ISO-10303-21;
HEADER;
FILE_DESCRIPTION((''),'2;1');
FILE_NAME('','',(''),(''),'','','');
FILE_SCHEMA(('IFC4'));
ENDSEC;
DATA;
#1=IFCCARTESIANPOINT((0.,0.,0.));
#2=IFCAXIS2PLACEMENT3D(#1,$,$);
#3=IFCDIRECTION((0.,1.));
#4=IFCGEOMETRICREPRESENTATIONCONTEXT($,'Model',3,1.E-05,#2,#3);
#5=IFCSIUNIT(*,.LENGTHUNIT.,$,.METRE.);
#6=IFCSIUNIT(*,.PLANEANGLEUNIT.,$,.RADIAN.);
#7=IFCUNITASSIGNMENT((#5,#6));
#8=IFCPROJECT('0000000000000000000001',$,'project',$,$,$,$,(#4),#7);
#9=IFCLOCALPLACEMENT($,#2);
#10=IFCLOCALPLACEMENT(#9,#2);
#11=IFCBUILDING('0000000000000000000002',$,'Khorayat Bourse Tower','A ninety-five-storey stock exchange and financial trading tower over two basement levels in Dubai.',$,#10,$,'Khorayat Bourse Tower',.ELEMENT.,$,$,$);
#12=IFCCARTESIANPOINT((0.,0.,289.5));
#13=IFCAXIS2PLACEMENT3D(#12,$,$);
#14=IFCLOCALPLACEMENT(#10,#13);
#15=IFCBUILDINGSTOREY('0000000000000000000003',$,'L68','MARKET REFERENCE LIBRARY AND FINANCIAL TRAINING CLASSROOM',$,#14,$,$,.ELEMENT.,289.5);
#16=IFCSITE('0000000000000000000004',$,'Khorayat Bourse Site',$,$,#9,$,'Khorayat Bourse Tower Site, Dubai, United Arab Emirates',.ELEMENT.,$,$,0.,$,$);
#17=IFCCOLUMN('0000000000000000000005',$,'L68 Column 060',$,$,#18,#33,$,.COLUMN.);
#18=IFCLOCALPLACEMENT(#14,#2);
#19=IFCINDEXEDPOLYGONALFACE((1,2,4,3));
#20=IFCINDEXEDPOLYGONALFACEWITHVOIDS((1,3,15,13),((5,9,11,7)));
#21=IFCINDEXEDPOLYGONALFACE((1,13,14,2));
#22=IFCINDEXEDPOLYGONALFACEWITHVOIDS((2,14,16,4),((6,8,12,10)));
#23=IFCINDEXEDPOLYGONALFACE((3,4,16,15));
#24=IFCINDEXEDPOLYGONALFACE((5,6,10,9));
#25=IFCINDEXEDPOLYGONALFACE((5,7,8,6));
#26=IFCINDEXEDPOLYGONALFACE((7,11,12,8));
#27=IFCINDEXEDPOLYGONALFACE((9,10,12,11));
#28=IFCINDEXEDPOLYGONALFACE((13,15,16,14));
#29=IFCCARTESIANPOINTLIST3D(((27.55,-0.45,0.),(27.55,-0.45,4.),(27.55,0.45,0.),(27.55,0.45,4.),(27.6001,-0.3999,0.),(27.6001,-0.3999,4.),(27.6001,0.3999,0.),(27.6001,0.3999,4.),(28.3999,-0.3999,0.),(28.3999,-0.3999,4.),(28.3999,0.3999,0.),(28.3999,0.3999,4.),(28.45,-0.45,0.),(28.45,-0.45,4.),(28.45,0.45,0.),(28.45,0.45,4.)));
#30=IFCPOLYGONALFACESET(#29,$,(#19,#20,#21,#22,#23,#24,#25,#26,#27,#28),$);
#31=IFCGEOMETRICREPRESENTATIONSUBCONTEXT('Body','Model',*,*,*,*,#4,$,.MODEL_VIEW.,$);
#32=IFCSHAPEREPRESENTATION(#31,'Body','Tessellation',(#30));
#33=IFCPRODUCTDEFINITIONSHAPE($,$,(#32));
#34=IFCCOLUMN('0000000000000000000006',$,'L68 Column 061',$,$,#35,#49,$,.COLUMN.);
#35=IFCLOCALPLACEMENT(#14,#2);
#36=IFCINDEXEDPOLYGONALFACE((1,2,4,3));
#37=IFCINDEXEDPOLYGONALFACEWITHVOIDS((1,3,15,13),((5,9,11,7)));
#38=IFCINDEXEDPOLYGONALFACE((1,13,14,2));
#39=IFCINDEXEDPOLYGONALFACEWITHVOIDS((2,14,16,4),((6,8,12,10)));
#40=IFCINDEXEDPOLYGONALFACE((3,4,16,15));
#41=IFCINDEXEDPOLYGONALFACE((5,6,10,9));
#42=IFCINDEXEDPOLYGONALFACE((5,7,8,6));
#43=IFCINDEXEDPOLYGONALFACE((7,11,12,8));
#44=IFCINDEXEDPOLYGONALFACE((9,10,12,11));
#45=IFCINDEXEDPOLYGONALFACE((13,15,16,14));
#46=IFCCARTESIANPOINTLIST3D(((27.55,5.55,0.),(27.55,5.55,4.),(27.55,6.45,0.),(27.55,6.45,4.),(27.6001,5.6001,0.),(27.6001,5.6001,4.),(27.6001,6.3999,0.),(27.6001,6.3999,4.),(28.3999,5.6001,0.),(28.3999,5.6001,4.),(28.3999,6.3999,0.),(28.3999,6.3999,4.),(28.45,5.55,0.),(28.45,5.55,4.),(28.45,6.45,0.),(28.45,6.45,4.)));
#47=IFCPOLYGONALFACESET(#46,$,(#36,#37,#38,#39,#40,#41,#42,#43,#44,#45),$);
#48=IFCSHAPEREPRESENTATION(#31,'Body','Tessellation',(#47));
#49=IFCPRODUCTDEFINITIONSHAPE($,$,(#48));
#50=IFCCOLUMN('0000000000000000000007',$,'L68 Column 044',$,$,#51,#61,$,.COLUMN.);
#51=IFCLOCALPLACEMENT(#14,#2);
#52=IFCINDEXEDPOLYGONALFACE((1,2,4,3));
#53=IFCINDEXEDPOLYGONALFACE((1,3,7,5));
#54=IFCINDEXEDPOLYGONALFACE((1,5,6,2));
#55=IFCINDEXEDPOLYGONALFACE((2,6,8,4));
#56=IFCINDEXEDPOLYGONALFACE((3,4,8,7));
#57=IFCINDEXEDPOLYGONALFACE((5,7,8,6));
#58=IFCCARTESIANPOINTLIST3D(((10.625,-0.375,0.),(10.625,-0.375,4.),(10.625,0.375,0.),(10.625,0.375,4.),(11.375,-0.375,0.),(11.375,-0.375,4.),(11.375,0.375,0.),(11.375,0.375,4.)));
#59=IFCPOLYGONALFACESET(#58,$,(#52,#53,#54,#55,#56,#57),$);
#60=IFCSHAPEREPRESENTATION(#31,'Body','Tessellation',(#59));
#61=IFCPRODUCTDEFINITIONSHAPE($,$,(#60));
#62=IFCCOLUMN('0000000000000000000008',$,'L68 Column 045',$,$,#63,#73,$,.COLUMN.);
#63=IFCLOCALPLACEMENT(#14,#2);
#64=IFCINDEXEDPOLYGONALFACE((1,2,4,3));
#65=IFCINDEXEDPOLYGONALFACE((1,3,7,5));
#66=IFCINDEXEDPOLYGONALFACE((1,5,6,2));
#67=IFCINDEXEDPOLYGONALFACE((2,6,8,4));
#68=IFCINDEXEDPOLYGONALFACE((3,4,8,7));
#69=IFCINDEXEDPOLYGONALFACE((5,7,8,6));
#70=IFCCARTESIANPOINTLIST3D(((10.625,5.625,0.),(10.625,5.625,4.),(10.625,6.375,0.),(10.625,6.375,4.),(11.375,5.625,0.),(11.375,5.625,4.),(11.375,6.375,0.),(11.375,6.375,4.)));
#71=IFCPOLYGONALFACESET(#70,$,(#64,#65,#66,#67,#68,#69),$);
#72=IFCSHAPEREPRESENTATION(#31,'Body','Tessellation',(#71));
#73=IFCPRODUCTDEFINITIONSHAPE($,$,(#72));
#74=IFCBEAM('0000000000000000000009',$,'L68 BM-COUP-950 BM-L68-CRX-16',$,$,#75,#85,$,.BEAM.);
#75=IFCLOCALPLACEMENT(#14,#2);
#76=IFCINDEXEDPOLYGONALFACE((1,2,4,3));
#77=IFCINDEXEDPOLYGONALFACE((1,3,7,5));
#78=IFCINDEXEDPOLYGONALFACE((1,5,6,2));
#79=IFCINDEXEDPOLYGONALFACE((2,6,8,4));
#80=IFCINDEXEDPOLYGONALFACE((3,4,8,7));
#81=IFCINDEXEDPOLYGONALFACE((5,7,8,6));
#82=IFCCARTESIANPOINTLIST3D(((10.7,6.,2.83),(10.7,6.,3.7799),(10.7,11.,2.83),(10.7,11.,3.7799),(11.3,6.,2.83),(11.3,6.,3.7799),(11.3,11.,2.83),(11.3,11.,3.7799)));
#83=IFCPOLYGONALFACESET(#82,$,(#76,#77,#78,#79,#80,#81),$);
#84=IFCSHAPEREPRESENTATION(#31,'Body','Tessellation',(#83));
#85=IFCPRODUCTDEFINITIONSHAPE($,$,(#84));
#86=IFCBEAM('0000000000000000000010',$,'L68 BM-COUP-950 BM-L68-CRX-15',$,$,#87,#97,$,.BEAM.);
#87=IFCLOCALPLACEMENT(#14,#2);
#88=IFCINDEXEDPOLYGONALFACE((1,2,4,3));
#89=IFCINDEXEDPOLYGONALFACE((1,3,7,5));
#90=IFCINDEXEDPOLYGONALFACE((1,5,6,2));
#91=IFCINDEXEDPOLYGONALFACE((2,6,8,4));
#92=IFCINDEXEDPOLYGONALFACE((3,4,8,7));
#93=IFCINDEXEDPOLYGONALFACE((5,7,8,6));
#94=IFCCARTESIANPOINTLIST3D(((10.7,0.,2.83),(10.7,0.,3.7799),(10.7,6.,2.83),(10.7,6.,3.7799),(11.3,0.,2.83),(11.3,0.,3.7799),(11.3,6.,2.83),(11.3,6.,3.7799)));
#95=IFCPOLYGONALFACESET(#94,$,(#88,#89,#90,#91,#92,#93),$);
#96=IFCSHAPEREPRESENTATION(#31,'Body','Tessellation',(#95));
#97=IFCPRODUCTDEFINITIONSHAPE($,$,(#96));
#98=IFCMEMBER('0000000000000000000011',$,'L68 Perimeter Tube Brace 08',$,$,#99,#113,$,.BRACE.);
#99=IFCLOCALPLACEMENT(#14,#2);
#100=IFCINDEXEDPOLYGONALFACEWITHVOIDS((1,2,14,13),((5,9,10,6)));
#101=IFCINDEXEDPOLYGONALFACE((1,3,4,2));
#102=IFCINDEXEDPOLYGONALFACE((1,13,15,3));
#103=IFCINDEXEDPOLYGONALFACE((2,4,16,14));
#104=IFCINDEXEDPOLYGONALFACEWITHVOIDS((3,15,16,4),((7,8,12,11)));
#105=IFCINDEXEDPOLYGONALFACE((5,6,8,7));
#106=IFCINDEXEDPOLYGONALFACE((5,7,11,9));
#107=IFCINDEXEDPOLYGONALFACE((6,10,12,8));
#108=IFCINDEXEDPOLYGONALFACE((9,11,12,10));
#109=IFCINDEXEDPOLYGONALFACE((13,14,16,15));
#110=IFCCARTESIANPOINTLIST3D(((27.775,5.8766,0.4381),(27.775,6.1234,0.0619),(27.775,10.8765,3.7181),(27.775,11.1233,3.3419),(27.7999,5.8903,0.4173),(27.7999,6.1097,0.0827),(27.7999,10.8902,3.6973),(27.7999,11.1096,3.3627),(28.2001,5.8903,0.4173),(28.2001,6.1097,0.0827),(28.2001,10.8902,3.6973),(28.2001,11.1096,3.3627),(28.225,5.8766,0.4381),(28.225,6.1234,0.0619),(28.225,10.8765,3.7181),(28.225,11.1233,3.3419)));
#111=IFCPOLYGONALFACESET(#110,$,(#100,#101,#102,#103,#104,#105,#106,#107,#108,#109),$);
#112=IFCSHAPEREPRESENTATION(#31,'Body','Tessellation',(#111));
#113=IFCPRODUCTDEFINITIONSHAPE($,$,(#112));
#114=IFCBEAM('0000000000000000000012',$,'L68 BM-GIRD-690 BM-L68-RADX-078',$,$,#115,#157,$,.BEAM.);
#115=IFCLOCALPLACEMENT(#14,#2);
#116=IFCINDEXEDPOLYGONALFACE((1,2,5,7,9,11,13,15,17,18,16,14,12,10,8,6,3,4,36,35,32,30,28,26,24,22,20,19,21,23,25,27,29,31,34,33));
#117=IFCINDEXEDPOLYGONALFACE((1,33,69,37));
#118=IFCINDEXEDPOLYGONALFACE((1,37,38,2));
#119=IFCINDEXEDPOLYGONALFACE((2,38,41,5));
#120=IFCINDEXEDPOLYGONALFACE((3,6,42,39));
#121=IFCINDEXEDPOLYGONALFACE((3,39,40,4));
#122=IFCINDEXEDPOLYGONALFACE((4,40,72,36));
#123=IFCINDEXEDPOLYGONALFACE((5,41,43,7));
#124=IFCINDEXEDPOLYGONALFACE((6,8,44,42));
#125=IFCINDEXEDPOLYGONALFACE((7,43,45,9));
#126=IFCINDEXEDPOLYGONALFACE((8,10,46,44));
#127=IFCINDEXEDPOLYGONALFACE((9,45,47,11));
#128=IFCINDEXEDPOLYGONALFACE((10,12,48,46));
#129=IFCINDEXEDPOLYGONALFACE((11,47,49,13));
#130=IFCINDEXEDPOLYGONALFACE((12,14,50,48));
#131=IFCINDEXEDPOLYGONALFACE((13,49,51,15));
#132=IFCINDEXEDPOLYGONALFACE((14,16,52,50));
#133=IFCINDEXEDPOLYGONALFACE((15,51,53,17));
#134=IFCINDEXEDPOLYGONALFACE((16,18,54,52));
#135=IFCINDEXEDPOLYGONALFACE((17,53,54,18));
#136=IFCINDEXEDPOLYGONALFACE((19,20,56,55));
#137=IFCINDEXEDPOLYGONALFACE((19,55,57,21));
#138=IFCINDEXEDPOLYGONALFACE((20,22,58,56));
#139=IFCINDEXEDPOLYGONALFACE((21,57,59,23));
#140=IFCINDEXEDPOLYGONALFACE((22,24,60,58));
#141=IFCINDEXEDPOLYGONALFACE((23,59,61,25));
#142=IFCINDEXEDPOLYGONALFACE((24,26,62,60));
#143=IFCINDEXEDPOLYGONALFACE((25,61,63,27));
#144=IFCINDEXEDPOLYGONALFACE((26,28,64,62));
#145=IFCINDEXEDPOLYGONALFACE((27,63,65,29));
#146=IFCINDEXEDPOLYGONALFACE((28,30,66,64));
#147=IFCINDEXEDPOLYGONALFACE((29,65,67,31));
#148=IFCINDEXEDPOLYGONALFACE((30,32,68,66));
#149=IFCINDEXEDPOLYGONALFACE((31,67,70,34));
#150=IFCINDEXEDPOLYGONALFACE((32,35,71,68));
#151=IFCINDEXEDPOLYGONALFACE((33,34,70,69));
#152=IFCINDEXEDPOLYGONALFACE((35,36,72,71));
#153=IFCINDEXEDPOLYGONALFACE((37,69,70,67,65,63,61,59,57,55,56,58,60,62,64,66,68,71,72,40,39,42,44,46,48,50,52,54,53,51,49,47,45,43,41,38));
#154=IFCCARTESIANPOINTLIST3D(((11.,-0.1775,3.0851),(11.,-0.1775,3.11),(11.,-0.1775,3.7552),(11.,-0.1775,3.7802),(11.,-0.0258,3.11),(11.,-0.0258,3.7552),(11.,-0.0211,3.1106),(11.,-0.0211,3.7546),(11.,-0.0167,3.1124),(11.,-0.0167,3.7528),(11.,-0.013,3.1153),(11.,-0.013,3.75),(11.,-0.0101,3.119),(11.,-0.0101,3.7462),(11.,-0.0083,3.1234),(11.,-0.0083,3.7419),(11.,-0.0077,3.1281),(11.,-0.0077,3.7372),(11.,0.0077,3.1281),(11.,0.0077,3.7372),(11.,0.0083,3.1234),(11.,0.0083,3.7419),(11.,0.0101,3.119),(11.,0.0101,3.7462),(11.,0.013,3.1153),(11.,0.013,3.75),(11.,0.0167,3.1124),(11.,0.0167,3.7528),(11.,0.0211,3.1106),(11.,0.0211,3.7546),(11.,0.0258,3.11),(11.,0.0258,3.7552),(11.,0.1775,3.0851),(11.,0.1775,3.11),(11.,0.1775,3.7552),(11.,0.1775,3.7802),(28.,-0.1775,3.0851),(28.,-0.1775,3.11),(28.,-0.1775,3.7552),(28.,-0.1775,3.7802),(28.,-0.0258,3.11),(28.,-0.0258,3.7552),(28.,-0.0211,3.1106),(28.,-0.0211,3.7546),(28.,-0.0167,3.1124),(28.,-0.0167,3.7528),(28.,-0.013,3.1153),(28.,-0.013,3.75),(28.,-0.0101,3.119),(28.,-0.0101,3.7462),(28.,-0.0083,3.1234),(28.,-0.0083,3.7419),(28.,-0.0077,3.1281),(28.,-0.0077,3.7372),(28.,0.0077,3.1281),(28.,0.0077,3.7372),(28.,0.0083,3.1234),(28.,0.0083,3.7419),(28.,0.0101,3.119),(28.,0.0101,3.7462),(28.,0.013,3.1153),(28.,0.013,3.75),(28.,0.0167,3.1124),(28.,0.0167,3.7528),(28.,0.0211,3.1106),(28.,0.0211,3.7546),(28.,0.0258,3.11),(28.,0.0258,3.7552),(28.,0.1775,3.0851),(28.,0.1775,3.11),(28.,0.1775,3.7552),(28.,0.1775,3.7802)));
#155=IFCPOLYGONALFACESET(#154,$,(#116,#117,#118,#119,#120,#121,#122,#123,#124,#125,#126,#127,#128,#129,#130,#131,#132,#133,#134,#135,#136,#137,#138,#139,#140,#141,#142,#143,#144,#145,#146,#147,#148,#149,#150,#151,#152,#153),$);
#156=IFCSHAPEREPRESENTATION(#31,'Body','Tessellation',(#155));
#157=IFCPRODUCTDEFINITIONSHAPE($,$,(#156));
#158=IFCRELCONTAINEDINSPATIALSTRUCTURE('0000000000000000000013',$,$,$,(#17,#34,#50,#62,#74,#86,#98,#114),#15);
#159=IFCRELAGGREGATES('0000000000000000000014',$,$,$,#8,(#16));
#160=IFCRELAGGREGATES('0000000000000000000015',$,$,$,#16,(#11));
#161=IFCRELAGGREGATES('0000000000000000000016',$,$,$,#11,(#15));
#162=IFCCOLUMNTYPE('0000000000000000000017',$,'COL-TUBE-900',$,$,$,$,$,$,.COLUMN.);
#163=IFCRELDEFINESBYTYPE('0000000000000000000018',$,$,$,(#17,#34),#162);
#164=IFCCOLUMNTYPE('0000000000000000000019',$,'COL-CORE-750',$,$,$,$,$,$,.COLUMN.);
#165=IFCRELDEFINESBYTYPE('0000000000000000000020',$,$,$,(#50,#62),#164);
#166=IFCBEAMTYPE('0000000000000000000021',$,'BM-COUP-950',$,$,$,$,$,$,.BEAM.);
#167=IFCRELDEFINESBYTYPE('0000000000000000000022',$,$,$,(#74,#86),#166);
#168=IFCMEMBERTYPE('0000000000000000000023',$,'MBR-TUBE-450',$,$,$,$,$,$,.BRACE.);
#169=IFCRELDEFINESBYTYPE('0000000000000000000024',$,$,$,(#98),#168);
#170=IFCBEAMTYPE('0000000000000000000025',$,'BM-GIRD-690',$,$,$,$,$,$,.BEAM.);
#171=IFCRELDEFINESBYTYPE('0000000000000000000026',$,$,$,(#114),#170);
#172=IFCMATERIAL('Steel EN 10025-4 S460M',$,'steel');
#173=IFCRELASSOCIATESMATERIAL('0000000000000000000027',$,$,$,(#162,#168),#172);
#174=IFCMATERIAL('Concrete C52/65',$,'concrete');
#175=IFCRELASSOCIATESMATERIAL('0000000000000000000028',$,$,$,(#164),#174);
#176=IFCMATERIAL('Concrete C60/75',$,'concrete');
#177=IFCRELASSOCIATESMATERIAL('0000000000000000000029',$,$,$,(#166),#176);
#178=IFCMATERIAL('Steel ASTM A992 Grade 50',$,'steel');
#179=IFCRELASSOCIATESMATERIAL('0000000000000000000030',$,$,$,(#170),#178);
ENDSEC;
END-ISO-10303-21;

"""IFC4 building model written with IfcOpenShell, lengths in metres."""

from ifc_helpers import new_model, si_unit, direction, frame, origin, origin_2d, place, context, subcontext, project, spatial, rectangle, hollow_rectangle, i_section, extrude, source, transform, mapped, material, material_profile, profile_set, type_object, element, save


model = new_model("IFC4")

# Units and contexts
model_context = context("Model", 3, precision=1e-05, world=origin(), true_north=direction((0.0, 1.0)))
body_context = subcontext(model_context, "Body", "Model", "MODEL_VIEW")
ifc_project = project(units=[si_unit("LENGTHUNIT", "METRE"), si_unit("PLANEANGLEUNIT", "RADIAN")], contexts=[model_context])

# Site, building, storey
site_placement = place(None, origin())
site = spatial("IfcSite", under=ifc_project, at=site_placement, Name="Khorayat Bourse Site", LongName="Khorayat Bourse Tower Site, Dubai, United Arab Emirates", CompositionType="ELEMENT", RefElevation=0.0)
building_placement = place(site_placement, origin())
building = spatial("IfcBuilding", under=site, at=building_placement, Name="Khorayat Bourse Tower", Description="A ninety-five-storey stock exchange and financial trading tower over two basement levels in Dubai.", LongName="Khorayat Bourse Tower", CompositionType="ELEMENT")
storey_placement = place(building_placement, frame((0.0, 0.0, 289.5)))
storey = spatial("IfcBuildingStorey", under=building, at=storey_placement, Name="L68", Description="MARKET REFERENCE LIBRARY AND FINANCIAL TRAINING CLASSROOM", CompositionType="ELEMENT", Elevation=289.5)

# Columns
ifc_material_1 = material(Name="Steel EN 10025-4 S460M", Category="steel")
ifc_material_profile_1 = material_profile(ifc_material_1, hollow_rectangle(XDim=0.8999, YDim=0.8999, WallThickness=0.05, at=origin_2d()), Name="BOX 900x900x50")
ifc_profile_set_1 = profile_set([ifc_material_profile_1], Name="Steel EN 10025-4 S460M")
column_type_1 = type_object("IfcColumnType", Name="COL-TUBE-900", PredefinedType="COLUMN", material=ifc_profile_set_1)
shared_shape_1 = source(origin(), body_context, "Body", "SweptSolid", [
    extrude(hollow_rectangle(XDim=0.8999, YDim=0.8999, WallThickness=0.05, at=origin_2d()), origin(), (0.0, 0.0, 1.0), 4.0),
])
for number, where, z_axis, x_axis, name in (
    (1, (28.0, 0.0, 0.0), (0.0, 0.0, 1.0), (1.0, 0.0, 0.0), "L68 Column 060"),
    (2, (28.0, 6.0, 0.0), (0.0, 0.0, 1.0), (1.0, 0.0, 0.0), "L68 Column 061"),
):
    element("IfcColumn", number, at=place(storey_placement, frame(where, z_axis=z_axis, x_axis=x_axis)), inside=storey, type_object=column_type_1, Name=name, PredefinedType="COLUMN", context=body_context, shape_type="MappedRepresentation", body=[
        mapped(shared_shape_1, transform((0.0, 0.0, 0.0), scale=1.0)),
    ])
ifc_material_2 = material(Name="Concrete C52/65", Category="concrete")
ifc_material_profile_2 = material_profile(ifc_material_2, rectangle(XDim=0.75, YDim=0.75, at=origin_2d()), Name="RC 750x750")
ifc_profile_set_2 = profile_set([ifc_material_profile_2], Name="Concrete C52/65")
column_type_2 = type_object("IfcColumnType", Name="COL-CORE-750", PredefinedType="COLUMN", material=ifc_profile_set_2)
shared_shape_2 = source(origin(), body_context, "Body", "SweptSolid", [
    extrude(rectangle(XDim=0.75, YDim=0.75, at=origin_2d()), origin(), (0.0, 0.0, 1.0), 4.0),
])
for number, where, z_axis, x_axis, name in (
    (3, (11.0, 0.0, 0.0), (0.0, 0.0, 1.0), (1.0, 0.0, 0.0), "L68 Column 044"),
    (4, (11.0, 6.0, 0.0), (0.0, 0.0, 1.0), (1.0, 0.0, 0.0), "L68 Column 045"),
):
    element("IfcColumn", number, at=place(storey_placement, frame(where, z_axis=z_axis, x_axis=x_axis)), inside=storey, type_object=column_type_2, Name=name, PredefinedType="COLUMN", context=body_context, shape_type="MappedRepresentation", body=[
        mapped(shared_shape_2, transform((0.0, 0.0, 0.0), scale=1.0)),
    ])

# Beams
ifc_material_3 = material(Name="Concrete C60/75", Category="concrete")
ifc_material_profile_3 = material_profile(ifc_material_3, rectangle(XDim=0.6001, YDim=0.95, at=origin_2d()), Name="RC 600x950")
ifc_profile_set_3 = profile_set([ifc_material_profile_3], Name="Concrete C60/75")
beam_type_1 = type_object("IfcBeamType", Name="BM-COUP-950", PredefinedType="BEAM", material=ifc_profile_set_3)
shared_shape_3 = source(origin(), body_context, "Body", "SweptSolid", [
    extrude(rectangle(XDim=0.6001, YDim=0.95, at=origin_2d()), origin(), (0.0, 0.0, 1.0), 5.0),
])
beam_1_placement = place(storey_placement, frame((11.0, 6.0, 3.3049), z_axis=(0.0, 1.0, 0.0), x_axis=(-1.0, 0.0, 0.0)))
element("IfcBeam", 5, at=beam_1_placement, inside=storey, type_object=beam_type_1, Name="L68 BM-COUP-950 BM-L68-CRX-16", PredefinedType="BEAM", context=body_context, shape_type="MappedRepresentation", body=[
    mapped(shared_shape_3, transform((0.0, 0.0, 0.0), scale=1.0)),
])
shared_shape_4 = source(origin(), body_context, "Body", "SweptSolid", [
    extrude(rectangle(XDim=0.6001, YDim=0.95, at=origin_2d()), origin(), (0.0, 0.0, 1.0), 6.0),
])
beam_2_placement = place(storey_placement, frame((11.0, 0.0, 3.3049), z_axis=(0.0, 1.0, 0.0), x_axis=(-1.0, 0.0, 0.0)))
element("IfcBeam", 6, at=beam_2_placement, inside=storey, type_object=beam_type_1, Name="L68 BM-COUP-950 BM-L68-CRX-15", PredefinedType="BEAM", context=body_context, shape_type="MappedRepresentation", body=[
    mapped(shared_shape_4, transform((0.0, 0.0, 0.0), scale=1.0)),
])

# Member
ifc_material_profile_4 = material_profile(ifc_material_1, hollow_rectangle(XDim=0.45, YDim=0.45, WallThickness=0.0249, at=origin_2d()), Name="HSS 450x450x25")
ifc_profile_set_4 = profile_set([ifc_material_profile_4], Name="Steel EN 10025-4 S460M")
member_type_1 = type_object("IfcMemberType", Name="MBR-TUBE-450", PredefinedType="BRACE", material=ifc_profile_set_4)
shared_shape_5 = source(origin(), body_context, "Body", "SweptSolid", [
    extrude(hollow_rectangle(XDim=0.45, YDim=0.45, WallThickness=0.0249, at=origin_2d()), origin(), (0.0, 0.0, 1.0), 5.9797),
])
member_1_placement = place(storey_placement, frame((28.0, 6.0, 0.25), z_axis=(0.0, 0.836142, 0.548514), x_axis=(-1.0, 0.0, 0.0)))
element("IfcMember", 7, at=member_1_placement, inside=storey, type_object=member_type_1, Name="L68 Perimeter Tube Brace 08", PredefinedType="BRACE", context=body_context, shape_type="MappedRepresentation", body=[
    mapped(shared_shape_5, transform((0.0, 0.0, 0.0), scale=1.0)),
])

# Beam
ifc_material_4 = material(Name="Steel ASTM A992 Grade 50", Category="steel")
ifc_material_profile_5 = material_profile(ifc_material_4, i_section(OverallWidth=0.355, OverallDepth=0.6951, WebThickness=0.0154, FlangeThickness=0.0249, FilletRadius=0.0181, at=origin_2d()), Name="W690X217")
ifc_profile_set_5 = profile_set([ifc_material_profile_5], Name="Steel ASTM A992 Grade 50")
beam_type_2 = type_object("IfcBeamType", Name="BM-GIRD-690", PredefinedType="BEAM", material=ifc_profile_set_5)
shared_shape_6 = source(origin(), body_context, "Body", "SweptSolid", [
    extrude(i_section(OverallWidth=0.355, OverallDepth=0.6951, WebThickness=0.0154, FlangeThickness=0.0249, FilletRadius=0.0181, at=origin_2d()), origin(), (0.0, 0.0, 1.0), 17.0),
])
for number, where, z_axis, x_axis, name in (
    (8, (11.0, 0.0, 3.4326), (1.0, 0.0, 0.0), (0.0, 1.0, 0.0), "L68 BM-GIRD-690 BM-L68-RADX-078"),
):
    element("IfcBeam", number, at=place(storey_placement, frame(where, z_axis=z_axis, x_axis=x_axis)), inside=storey, type_object=beam_type_2, Name=name, PredefinedType="BEAM", context=body_context, shape_type="MappedRepresentation", body=[
        mapped(shared_shape_6, transform((0.0, 0.0, 0.0), scale=1.0)),
    ])

save(model, "model.ifc")
